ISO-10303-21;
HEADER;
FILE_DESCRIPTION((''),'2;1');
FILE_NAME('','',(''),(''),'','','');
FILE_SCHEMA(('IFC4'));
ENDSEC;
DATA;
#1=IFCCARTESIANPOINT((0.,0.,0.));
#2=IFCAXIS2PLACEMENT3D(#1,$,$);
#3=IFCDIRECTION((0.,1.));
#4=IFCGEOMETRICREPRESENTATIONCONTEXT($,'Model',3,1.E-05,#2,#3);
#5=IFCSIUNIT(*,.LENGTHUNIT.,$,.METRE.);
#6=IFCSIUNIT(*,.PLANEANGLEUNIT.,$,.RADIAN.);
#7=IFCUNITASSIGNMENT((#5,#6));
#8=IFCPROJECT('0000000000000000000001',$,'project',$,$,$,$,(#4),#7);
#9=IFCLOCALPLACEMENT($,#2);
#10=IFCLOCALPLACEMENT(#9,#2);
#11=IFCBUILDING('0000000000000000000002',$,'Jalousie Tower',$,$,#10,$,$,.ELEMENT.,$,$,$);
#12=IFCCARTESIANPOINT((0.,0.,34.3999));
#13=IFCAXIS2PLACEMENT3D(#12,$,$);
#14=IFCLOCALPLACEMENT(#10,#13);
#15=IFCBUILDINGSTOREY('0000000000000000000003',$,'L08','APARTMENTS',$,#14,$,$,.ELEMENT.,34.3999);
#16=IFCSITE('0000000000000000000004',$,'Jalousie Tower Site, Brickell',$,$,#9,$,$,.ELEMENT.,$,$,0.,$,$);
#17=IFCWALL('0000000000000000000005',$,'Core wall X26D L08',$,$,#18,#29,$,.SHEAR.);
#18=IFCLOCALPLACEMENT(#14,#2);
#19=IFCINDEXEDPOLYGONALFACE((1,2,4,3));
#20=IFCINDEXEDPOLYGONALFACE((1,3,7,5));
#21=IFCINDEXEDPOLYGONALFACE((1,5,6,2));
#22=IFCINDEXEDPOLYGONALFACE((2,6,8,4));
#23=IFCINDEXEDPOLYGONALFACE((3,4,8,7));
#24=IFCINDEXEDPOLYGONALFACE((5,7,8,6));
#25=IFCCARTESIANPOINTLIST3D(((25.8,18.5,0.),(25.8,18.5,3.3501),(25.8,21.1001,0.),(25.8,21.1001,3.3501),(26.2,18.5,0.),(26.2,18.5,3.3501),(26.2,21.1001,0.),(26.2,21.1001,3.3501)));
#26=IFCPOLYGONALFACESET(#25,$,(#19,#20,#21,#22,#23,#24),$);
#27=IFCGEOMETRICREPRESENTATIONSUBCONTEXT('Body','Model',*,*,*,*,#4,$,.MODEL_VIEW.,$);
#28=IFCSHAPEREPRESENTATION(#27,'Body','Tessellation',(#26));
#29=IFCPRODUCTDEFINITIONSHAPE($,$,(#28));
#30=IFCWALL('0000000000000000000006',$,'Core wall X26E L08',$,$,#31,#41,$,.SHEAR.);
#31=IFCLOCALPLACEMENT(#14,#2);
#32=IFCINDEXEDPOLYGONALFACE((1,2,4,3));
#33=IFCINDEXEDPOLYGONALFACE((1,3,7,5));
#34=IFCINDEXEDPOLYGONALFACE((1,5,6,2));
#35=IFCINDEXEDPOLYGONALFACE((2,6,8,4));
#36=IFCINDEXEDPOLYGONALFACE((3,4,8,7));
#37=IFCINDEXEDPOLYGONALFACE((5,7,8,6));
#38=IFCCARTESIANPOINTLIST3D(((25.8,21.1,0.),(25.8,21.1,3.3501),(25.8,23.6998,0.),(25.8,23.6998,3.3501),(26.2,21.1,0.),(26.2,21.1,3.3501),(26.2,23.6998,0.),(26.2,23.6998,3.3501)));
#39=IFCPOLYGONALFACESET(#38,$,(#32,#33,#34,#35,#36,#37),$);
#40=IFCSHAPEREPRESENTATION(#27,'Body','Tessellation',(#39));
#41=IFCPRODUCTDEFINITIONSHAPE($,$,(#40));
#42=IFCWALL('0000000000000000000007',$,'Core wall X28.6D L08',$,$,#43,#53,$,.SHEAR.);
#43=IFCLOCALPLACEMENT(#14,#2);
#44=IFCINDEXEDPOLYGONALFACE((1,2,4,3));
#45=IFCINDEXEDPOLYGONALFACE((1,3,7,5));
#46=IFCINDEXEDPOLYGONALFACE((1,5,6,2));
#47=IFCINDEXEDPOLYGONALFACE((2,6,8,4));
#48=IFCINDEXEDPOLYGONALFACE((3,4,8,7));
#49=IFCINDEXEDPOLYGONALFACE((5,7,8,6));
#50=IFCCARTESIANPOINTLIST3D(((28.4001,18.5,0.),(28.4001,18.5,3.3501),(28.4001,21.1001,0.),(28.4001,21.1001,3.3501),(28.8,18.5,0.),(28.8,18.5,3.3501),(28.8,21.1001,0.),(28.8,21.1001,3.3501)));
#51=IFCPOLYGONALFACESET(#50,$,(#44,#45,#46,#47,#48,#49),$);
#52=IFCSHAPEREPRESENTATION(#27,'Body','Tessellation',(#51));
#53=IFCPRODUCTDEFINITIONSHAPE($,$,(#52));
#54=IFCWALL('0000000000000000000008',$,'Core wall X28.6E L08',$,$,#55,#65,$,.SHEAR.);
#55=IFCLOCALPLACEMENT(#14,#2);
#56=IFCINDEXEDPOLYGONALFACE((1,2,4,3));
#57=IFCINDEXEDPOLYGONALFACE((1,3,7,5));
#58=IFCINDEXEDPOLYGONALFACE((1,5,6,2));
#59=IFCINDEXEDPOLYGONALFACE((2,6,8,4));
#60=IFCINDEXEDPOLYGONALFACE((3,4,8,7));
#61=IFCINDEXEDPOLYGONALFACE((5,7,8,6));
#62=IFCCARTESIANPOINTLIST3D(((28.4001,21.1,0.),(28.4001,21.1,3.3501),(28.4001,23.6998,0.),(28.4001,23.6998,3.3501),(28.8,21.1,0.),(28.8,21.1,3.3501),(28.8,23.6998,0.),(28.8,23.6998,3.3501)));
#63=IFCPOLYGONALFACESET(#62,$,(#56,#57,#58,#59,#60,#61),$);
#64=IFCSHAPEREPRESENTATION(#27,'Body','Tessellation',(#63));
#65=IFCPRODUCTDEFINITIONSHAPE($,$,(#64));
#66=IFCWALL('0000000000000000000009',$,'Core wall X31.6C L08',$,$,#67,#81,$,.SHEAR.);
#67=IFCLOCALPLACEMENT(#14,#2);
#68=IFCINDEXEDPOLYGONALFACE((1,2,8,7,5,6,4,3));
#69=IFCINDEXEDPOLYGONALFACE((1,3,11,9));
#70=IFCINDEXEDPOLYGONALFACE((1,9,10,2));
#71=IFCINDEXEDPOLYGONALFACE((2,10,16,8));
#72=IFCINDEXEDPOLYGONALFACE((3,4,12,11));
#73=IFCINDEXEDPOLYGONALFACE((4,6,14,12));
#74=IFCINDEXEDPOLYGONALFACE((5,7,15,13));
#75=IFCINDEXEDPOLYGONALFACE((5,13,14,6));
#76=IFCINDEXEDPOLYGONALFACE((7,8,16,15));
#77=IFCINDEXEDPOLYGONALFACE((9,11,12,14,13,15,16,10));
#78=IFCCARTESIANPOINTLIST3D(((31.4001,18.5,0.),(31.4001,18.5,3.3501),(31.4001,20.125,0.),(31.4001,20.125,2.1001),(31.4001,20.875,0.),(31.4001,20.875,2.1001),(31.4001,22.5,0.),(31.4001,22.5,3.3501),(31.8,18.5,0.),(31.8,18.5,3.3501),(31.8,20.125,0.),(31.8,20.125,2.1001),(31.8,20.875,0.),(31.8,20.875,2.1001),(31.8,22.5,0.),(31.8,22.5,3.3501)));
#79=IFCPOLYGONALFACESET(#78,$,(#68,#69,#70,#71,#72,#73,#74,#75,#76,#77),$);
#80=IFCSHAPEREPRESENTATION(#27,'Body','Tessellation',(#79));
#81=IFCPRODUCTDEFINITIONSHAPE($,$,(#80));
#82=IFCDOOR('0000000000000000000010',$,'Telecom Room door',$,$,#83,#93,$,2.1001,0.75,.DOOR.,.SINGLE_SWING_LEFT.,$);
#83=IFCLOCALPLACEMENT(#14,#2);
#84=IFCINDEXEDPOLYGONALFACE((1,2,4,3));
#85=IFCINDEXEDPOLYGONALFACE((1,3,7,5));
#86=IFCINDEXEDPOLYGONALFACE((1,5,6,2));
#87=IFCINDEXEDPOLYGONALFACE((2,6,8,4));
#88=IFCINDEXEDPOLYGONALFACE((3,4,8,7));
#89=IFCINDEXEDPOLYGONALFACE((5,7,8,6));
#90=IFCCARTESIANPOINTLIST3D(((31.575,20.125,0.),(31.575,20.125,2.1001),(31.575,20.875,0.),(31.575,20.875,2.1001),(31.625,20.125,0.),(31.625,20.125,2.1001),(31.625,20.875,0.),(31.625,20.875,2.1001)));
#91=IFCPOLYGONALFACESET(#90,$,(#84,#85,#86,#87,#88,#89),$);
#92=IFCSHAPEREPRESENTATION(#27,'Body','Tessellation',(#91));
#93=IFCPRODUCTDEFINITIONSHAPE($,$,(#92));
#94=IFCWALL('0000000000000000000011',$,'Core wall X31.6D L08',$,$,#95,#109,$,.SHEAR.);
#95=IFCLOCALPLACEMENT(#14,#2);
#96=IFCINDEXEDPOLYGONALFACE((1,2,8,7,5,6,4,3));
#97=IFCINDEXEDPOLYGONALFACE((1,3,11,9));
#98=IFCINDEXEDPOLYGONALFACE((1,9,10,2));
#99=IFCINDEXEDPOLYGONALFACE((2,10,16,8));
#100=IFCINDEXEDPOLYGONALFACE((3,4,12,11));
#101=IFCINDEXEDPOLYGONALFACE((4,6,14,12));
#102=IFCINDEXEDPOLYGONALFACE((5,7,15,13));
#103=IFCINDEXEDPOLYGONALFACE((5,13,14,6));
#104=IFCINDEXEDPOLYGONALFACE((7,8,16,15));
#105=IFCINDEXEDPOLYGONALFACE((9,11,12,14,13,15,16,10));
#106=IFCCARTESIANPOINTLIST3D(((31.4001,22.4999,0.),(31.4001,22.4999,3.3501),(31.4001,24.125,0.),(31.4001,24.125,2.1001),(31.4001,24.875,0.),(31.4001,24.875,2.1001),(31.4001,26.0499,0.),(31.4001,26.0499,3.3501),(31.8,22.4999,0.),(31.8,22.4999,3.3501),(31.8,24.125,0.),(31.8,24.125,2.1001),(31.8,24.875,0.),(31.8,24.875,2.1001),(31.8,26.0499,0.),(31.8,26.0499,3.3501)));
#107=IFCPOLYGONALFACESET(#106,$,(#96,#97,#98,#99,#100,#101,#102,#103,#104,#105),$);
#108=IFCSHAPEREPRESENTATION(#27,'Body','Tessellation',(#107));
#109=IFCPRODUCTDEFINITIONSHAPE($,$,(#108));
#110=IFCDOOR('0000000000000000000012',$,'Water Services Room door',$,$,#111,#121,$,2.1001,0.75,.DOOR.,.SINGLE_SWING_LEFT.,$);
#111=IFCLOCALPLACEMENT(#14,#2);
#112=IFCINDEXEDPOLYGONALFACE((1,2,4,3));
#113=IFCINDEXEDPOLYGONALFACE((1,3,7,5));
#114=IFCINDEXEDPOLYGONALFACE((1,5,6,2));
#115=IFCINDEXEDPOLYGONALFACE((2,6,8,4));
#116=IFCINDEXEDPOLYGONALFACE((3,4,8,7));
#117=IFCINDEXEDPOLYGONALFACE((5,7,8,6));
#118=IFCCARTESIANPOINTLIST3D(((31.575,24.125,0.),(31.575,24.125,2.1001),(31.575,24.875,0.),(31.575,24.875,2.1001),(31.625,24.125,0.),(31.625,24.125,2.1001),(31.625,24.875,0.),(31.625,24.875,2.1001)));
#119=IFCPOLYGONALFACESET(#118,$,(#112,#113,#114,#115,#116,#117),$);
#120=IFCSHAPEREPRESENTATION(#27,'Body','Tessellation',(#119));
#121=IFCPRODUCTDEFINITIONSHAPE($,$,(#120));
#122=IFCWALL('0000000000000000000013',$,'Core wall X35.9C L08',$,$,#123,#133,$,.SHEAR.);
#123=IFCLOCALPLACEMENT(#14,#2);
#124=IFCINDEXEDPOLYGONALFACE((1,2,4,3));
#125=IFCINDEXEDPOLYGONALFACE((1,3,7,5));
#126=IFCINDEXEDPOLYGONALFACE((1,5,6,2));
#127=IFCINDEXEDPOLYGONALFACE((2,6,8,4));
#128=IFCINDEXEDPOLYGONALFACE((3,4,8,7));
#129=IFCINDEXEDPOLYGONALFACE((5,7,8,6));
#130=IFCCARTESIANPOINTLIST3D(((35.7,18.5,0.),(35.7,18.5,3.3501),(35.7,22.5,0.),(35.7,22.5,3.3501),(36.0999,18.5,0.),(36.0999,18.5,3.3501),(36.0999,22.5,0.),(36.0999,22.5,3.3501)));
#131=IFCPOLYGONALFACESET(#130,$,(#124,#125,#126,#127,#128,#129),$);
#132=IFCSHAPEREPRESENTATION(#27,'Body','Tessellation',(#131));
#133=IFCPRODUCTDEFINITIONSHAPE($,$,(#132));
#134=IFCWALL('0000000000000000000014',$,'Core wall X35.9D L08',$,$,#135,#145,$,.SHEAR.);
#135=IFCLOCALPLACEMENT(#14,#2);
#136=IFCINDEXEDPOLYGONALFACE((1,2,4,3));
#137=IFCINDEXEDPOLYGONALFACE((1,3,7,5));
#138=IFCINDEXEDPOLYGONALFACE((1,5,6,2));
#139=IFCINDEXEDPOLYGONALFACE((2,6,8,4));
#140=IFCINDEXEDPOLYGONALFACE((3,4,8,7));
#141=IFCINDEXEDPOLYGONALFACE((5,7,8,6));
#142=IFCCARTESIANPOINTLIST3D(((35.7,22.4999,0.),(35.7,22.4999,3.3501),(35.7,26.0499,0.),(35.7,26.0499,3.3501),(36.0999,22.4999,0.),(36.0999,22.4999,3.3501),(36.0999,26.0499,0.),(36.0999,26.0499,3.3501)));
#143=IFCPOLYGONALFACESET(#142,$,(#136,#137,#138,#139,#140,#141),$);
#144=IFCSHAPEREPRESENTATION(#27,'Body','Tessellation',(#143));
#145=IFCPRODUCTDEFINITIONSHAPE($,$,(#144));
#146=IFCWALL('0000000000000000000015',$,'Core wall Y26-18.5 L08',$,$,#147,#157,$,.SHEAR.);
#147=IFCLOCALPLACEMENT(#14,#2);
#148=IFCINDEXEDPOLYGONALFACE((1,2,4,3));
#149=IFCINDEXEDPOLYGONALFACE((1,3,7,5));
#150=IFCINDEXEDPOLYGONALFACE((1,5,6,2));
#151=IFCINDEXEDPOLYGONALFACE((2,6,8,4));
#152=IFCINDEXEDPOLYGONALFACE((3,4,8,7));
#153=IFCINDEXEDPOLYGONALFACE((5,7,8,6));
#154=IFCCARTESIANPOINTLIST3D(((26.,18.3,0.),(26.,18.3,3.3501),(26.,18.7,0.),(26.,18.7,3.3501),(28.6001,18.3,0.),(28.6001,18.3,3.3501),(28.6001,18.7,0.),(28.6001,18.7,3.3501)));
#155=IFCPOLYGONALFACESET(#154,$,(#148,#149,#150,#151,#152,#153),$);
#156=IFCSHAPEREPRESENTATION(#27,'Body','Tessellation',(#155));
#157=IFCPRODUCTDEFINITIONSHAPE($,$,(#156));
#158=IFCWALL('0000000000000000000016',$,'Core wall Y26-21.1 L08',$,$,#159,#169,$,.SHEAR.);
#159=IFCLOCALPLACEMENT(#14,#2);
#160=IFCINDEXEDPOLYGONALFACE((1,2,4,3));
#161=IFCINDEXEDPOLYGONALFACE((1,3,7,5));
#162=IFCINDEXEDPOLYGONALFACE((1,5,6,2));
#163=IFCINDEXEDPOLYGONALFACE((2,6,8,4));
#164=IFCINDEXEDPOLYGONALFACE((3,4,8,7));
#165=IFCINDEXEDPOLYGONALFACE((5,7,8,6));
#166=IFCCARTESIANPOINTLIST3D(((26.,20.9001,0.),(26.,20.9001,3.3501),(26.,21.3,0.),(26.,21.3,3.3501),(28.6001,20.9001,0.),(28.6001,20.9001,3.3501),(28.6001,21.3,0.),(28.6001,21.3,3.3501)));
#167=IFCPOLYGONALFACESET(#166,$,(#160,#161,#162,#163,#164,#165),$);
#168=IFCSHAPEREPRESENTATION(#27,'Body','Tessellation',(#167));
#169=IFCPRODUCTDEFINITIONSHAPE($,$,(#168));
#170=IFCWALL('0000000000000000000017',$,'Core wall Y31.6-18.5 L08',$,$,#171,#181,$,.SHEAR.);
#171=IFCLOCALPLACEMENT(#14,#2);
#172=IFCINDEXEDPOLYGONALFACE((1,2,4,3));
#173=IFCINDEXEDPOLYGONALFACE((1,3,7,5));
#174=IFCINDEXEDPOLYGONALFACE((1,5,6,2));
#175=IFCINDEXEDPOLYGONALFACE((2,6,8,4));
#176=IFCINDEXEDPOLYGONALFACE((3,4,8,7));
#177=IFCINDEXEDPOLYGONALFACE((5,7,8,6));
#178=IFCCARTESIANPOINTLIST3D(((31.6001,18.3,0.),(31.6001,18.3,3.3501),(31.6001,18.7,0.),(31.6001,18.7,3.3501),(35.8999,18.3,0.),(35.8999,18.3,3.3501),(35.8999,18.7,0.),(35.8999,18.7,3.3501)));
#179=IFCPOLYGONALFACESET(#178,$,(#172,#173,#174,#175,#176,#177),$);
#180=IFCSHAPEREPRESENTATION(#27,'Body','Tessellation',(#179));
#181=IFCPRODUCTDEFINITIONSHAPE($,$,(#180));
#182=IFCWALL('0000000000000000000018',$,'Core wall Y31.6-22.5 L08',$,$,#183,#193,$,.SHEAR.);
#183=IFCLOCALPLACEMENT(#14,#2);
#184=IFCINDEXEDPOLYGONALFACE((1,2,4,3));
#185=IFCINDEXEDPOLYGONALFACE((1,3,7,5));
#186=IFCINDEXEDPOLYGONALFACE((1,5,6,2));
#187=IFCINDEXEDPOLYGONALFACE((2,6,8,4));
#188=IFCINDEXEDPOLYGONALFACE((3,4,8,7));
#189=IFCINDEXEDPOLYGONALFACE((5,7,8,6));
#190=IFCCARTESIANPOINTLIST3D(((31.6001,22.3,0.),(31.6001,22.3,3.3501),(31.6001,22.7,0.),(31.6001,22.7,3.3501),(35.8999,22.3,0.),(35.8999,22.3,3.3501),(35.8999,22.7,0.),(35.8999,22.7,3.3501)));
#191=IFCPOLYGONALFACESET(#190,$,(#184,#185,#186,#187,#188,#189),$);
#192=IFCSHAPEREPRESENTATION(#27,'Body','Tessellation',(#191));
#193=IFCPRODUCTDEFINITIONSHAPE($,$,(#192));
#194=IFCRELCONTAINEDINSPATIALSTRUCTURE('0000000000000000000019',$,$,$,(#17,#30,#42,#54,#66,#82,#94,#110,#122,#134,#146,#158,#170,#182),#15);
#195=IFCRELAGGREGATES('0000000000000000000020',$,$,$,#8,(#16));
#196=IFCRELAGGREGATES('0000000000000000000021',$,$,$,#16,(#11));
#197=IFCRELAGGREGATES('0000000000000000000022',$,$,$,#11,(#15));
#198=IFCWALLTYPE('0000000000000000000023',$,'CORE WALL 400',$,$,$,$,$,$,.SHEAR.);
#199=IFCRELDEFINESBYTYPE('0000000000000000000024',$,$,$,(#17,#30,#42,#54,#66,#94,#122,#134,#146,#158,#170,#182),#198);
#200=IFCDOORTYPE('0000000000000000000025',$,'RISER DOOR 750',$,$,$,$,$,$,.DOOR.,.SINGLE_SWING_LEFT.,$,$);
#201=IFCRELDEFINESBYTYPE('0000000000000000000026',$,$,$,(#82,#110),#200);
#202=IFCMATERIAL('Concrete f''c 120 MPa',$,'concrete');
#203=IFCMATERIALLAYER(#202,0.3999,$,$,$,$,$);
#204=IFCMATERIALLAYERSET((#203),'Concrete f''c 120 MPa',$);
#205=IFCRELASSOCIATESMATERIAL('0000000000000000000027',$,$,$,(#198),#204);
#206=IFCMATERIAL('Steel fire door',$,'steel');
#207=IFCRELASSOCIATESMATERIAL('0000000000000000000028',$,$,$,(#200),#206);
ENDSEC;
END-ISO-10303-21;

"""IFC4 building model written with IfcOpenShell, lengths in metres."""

from ifc_helpers import new_model, si_unit, direction, frame, frame_2d, origin, place, context, subcontext, project, spatial, rectangle, extrude, material, layer, layer_set, type_object, element, fill, save


model = new_model("IFC4")

# Units and contexts
model_context = context("Model", 3, precision=1e-05, world=origin(), true_north=direction((0.0, 1.0)))
body_context = subcontext(model_context, "Body", "Model", "MODEL_VIEW")
ifc_project = project(units=[si_unit("LENGTHUNIT", "METRE"), si_unit("PLANEANGLEUNIT", "RADIAN")], contexts=[model_context])

# Site, building, storey
site_placement = place(None, origin())
site = spatial("IfcSite", under=ifc_project, at=site_placement, Name="Jalousie Tower Site, Brickell", CompositionType="ELEMENT", RefElevation=0.0)
building_placement = place(site_placement, origin())
building = spatial("IfcBuilding", under=site, at=building_placement, Name="Jalousie Tower", CompositionType="ELEMENT")
storey_placement = place(building_placement, frame((0.0, 0.0, 34.3999)))
storey = spatial("IfcBuildingStorey", under=building, at=storey_placement, Name="L08", Description="APARTMENTS", CompositionType="ELEMENT", Elevation=34.3999)

# Walls
ifc_material_1 = material(Name="Concrete f'c 120 MPa", Category="concrete")
ifc_layer = layer(ifc_material_1, 0.3999)
ifc_layer_set = layer_set([ifc_layer], Name="Concrete f'c 120 MPa")
wall_type = type_object("IfcWallType", Name="CORE WALL 400", PredefinedType="SHEAR", material=ifc_layer_set)
wall_1_placement = place(storey_placement, frame((26.0, 18.5, 0.0), z_axis=(0.0, 0.0, 1.0), x_axis=(0.0, 1.0, 0.0)))
element("IfcWall", 1, at=wall_1_placement, inside=storey, type_object=wall_type, Name="Core wall X26D L08", PredefinedType="SHEAR", context=body_context, shape_type="SweptSolid", body=[
    extrude(rectangle(XDim=2.6001, YDim=0.3999, at=frame_2d((1.3, 0.0))), origin(), (0.0, 0.0, 1.0), 3.3501),
])
wall_2_placement = place(storey_placement, frame((26.0, 21.1001, 0.0), z_axis=(0.0, 0.0, 1.0), x_axis=(0.0, 1.0, 0.0)))
element("IfcWall", 2, at=wall_2_placement, inside=storey, type_object=wall_type, Name="Core wall X26E L08", PredefinedType="SHEAR", context=body_context, shape_type="SweptSolid", body=[
    extrude(rectangle(XDim=2.5999, YDim=0.3999, at=frame_2d((1.2998, 0.0))), origin(), (0.0, 0.0, 1.0), 3.3501),
])
wall_3_placement = place(storey_placement, frame((28.6001, 18.5, 0.0), z_axis=(0.0, 0.0, 1.0), x_axis=(0.0, 1.0, 0.0)))
element("IfcWall", 3, at=wall_3_placement, inside=storey, type_object=wall_type, Name="Core wall X28.6D L08", PredefinedType="SHEAR", context=body_context, shape_type="SweptSolid", body=[
    extrude(rectangle(XDim=2.6001, YDim=0.3999, at=frame_2d((1.3, 0.0))), origin(), (0.0, 0.0, 1.0), 3.3501),
])
wall_4_placement = place(storey_placement, frame((28.6001, 21.1001, 0.0), z_axis=(0.0, 0.0, 1.0), x_axis=(0.0, 1.0, 0.0)))
element("IfcWall", 4, at=wall_4_placement, inside=storey, type_object=wall_type, Name="Core wall X28.6E L08", PredefinedType="SHEAR", context=body_context, shape_type="SweptSolid", body=[
    extrude(rectangle(XDim=2.5999, YDim=0.3999, at=frame_2d((1.2998, 0.0))), origin(), (0.0, 0.0, 1.0), 3.3501),
])

# Walls, openings, doors
wall_5_placement = place(storey_placement, frame((31.6001, 18.5, 0.0), z_axis=(0.0, 0.0, 1.0), x_axis=(0.0, 1.0, 0.0)))
wall_5 = element("IfcWall", 5, at=wall_5_placement, inside=storey, type_object=wall_type, Name="Core wall X31.6C L08", PredefinedType="SHEAR", context=body_context, shape_type="SweptSolid", body=[
    extrude(rectangle(XDim=4.0, YDim=0.3999, at=frame_2d((2.0, 0.0))), origin(), (0.0, 0.0, 1.0), 3.3501),
])
opening_1_placement = place(wall_5_placement, frame((1.625, 0.0, 0.0)))
opening_1 = element("IfcOpeningElement", 6, at=opening_1_placement, cuts=wall_5, PredefinedType="OPENING", context=body_context, shape_type="SweptSolid", body=[
    extrude(rectangle(XDim=0.75, YDim=2.1001, at=frame_2d((0.375, 1.05))), frame((0.0, 0.21, 0.0), z_axis=(0.0, -1.0, 0.0), x_axis=(1.0, 0.0, 0.0)), (0.0, 0.0, 1.0), 0.4199),
])
ifc_material_2 = material(Name="Steel fire door", Category="steel")
door_type = type_object("IfcDoorType", Name="RISER DOOR 750", OperationType="SINGLE_SWING_LEFT", PredefinedType="DOOR", material=ifc_material_2)
door_1_placement = place(opening_1_placement, frame((0.75, 0.0, 0.0), z_axis=(0.0, 0.0, 1.0), x_axis=(-1.0, 0.0, 0.0)))
door_1 = element("IfcDoor", 7, at=door_1_placement, inside=storey, type_object=door_type, Name="Telecom Room door", OperationType="SINGLE_SWING_LEFT", OverallHeight=2.1001, OverallWidth=0.75, PredefinedType="DOOR", context=body_context, shape_type="SweptSolid", body=[
    extrude(rectangle(XDim=0.75, YDim=2.1001, at=frame_2d((0.375, 1.05))), frame((0.0, 0.0249, 0.0), z_axis=(0.0, -1.0, 0.0), x_axis=(1.0, 0.0, 0.0)), (0.0, 0.0, 1.0), 0.05),
])
fill(opening_1, door_1)
wall_6_placement = place(storey_placement, frame((31.6001, 22.5, 0.0), z_axis=(0.0, 0.0, 1.0), x_axis=(0.0, 1.0, 0.0)))
wall_6 = element("IfcWall", 8, at=wall_6_placement, inside=storey, type_object=wall_type, Name="Core wall X31.6D L08", PredefinedType="SHEAR", context=body_context, shape_type="SweptSolid", body=[
    extrude(rectangle(XDim=3.55, YDim=0.3999, at=frame_2d((1.7749, 0.0))), origin(), (0.0, 0.0, 1.0), 3.3501),
])
opening_2_placement = place(wall_6_placement, frame((1.625, 0.0, 0.0)))
opening_2 = element("IfcOpeningElement", 9, at=opening_2_placement, cuts=wall_6, PredefinedType="OPENING", context=body_context, shape_type="SweptSolid", body=[
    extrude(rectangle(XDim=0.75, YDim=2.1001, at=frame_2d((0.375, 1.05))), frame((0.0, 0.21, 0.0), z_axis=(0.0, -1.0, 0.0), x_axis=(1.0, 0.0, 0.0)), (0.0, 0.0, 1.0), 0.4199),
])
door_2_placement = place(opening_2_placement, frame((0.75, 0.0, 0.0), z_axis=(0.0, 0.0, 1.0), x_axis=(-1.0, 0.0, 0.0)))
door_2 = element("IfcDoor", 10, at=door_2_placement, inside=storey, type_object=door_type, Name="Water Services Room door", OperationType="SINGLE_SWING_LEFT", OverallHeight=2.1001, OverallWidth=0.75, PredefinedType="DOOR", context=body_context, shape_type="SweptSolid", body=[
    extrude(rectangle(XDim=0.75, YDim=2.1001, at=frame_2d((0.375, 1.05))), frame((0.0, 0.0249, 0.0), z_axis=(0.0, -1.0, 0.0), x_axis=(1.0, 0.0, 0.0)), (0.0, 0.0, 1.0), 0.05),
])
fill(opening_2, door_2)

# Walls
wall_7_placement = place(storey_placement, frame((35.8999, 18.5, 0.0), z_axis=(0.0, 0.0, 1.0), x_axis=(0.0, 1.0, 0.0)))
element("IfcWall", 11, at=wall_7_placement, inside=storey, type_object=wall_type, Name="Core wall X35.9C L08", PredefinedType="SHEAR", context=body_context, shape_type="SweptSolid", body=[
    extrude(rectangle(XDim=4.0, YDim=0.3999, at=frame_2d((2.0, 0.0))), origin(), (0.0, 0.0, 1.0), 3.3501),
])
wall_8_placement = place(storey_placement, frame((35.8999, 22.5, 0.0), z_axis=(0.0, 0.0, 1.0), x_axis=(0.0, 1.0, 0.0)))
element("IfcWall", 12, at=wall_8_placement, inside=storey, type_object=wall_type, Name="Core wall X35.9D L08", PredefinedType="SHEAR", context=body_context, shape_type="SweptSolid", body=[
    extrude(rectangle(XDim=3.55, YDim=0.3999, at=frame_2d((1.7749, 0.0))), origin(), (0.0, 0.0, 1.0), 3.3501),
])
for number, where, z_axis, x_axis, name in (
    (13, (26.0, 18.5, 0.0), (0.0, 0.0, 1.0), (1.0, 0.0, 0.0), "Core wall Y26-18.5 L08"),
    (14, (26.0, 21.1001, 0.0), (0.0, 0.0, 1.0), (1.0, 0.0, 0.0), "Core wall Y26-21.1 L08"),
):
    element("IfcWall", number, at=place(storey_placement, frame(where, z_axis=z_axis, x_axis=x_axis)), inside=storey, type_object=wall_type, Name=name, PredefinedType="SHEAR", context=body_context, shape_type="SweptSolid", body=[
        extrude(rectangle(XDim=2.6001, YDim=0.3999, at=frame_2d((1.3, 0.0))), origin(), (0.0, 0.0, 1.0), 3.3501),
    ])
for number, where, z_axis, x_axis, name in (
    (15, (31.6001, 18.5, 0.0), (0.0, 0.0, 1.0), (1.0, 0.0, 0.0), "Core wall Y31.6-18.5 L08"),
    (16, (31.6001, 22.5, 0.0), (0.0, 0.0, 1.0), (1.0, 0.0, 0.0), "Core wall Y31.6-22.5 L08"),
):
    element("IfcWall", number, at=place(storey_placement, frame(where, z_axis=z_axis, x_axis=x_axis)), inside=storey, type_object=wall_type, Name=name, PredefinedType="SHEAR", context=body_context, shape_type="SweptSolid", body=[
        extrude(rectangle(XDim=4.2998, YDim=0.3999, at=frame_2d((2.1499, 0.0))), origin(), (0.0, 0.0, 1.0), 3.3501),
    ])

save(model, "model.ifc")
